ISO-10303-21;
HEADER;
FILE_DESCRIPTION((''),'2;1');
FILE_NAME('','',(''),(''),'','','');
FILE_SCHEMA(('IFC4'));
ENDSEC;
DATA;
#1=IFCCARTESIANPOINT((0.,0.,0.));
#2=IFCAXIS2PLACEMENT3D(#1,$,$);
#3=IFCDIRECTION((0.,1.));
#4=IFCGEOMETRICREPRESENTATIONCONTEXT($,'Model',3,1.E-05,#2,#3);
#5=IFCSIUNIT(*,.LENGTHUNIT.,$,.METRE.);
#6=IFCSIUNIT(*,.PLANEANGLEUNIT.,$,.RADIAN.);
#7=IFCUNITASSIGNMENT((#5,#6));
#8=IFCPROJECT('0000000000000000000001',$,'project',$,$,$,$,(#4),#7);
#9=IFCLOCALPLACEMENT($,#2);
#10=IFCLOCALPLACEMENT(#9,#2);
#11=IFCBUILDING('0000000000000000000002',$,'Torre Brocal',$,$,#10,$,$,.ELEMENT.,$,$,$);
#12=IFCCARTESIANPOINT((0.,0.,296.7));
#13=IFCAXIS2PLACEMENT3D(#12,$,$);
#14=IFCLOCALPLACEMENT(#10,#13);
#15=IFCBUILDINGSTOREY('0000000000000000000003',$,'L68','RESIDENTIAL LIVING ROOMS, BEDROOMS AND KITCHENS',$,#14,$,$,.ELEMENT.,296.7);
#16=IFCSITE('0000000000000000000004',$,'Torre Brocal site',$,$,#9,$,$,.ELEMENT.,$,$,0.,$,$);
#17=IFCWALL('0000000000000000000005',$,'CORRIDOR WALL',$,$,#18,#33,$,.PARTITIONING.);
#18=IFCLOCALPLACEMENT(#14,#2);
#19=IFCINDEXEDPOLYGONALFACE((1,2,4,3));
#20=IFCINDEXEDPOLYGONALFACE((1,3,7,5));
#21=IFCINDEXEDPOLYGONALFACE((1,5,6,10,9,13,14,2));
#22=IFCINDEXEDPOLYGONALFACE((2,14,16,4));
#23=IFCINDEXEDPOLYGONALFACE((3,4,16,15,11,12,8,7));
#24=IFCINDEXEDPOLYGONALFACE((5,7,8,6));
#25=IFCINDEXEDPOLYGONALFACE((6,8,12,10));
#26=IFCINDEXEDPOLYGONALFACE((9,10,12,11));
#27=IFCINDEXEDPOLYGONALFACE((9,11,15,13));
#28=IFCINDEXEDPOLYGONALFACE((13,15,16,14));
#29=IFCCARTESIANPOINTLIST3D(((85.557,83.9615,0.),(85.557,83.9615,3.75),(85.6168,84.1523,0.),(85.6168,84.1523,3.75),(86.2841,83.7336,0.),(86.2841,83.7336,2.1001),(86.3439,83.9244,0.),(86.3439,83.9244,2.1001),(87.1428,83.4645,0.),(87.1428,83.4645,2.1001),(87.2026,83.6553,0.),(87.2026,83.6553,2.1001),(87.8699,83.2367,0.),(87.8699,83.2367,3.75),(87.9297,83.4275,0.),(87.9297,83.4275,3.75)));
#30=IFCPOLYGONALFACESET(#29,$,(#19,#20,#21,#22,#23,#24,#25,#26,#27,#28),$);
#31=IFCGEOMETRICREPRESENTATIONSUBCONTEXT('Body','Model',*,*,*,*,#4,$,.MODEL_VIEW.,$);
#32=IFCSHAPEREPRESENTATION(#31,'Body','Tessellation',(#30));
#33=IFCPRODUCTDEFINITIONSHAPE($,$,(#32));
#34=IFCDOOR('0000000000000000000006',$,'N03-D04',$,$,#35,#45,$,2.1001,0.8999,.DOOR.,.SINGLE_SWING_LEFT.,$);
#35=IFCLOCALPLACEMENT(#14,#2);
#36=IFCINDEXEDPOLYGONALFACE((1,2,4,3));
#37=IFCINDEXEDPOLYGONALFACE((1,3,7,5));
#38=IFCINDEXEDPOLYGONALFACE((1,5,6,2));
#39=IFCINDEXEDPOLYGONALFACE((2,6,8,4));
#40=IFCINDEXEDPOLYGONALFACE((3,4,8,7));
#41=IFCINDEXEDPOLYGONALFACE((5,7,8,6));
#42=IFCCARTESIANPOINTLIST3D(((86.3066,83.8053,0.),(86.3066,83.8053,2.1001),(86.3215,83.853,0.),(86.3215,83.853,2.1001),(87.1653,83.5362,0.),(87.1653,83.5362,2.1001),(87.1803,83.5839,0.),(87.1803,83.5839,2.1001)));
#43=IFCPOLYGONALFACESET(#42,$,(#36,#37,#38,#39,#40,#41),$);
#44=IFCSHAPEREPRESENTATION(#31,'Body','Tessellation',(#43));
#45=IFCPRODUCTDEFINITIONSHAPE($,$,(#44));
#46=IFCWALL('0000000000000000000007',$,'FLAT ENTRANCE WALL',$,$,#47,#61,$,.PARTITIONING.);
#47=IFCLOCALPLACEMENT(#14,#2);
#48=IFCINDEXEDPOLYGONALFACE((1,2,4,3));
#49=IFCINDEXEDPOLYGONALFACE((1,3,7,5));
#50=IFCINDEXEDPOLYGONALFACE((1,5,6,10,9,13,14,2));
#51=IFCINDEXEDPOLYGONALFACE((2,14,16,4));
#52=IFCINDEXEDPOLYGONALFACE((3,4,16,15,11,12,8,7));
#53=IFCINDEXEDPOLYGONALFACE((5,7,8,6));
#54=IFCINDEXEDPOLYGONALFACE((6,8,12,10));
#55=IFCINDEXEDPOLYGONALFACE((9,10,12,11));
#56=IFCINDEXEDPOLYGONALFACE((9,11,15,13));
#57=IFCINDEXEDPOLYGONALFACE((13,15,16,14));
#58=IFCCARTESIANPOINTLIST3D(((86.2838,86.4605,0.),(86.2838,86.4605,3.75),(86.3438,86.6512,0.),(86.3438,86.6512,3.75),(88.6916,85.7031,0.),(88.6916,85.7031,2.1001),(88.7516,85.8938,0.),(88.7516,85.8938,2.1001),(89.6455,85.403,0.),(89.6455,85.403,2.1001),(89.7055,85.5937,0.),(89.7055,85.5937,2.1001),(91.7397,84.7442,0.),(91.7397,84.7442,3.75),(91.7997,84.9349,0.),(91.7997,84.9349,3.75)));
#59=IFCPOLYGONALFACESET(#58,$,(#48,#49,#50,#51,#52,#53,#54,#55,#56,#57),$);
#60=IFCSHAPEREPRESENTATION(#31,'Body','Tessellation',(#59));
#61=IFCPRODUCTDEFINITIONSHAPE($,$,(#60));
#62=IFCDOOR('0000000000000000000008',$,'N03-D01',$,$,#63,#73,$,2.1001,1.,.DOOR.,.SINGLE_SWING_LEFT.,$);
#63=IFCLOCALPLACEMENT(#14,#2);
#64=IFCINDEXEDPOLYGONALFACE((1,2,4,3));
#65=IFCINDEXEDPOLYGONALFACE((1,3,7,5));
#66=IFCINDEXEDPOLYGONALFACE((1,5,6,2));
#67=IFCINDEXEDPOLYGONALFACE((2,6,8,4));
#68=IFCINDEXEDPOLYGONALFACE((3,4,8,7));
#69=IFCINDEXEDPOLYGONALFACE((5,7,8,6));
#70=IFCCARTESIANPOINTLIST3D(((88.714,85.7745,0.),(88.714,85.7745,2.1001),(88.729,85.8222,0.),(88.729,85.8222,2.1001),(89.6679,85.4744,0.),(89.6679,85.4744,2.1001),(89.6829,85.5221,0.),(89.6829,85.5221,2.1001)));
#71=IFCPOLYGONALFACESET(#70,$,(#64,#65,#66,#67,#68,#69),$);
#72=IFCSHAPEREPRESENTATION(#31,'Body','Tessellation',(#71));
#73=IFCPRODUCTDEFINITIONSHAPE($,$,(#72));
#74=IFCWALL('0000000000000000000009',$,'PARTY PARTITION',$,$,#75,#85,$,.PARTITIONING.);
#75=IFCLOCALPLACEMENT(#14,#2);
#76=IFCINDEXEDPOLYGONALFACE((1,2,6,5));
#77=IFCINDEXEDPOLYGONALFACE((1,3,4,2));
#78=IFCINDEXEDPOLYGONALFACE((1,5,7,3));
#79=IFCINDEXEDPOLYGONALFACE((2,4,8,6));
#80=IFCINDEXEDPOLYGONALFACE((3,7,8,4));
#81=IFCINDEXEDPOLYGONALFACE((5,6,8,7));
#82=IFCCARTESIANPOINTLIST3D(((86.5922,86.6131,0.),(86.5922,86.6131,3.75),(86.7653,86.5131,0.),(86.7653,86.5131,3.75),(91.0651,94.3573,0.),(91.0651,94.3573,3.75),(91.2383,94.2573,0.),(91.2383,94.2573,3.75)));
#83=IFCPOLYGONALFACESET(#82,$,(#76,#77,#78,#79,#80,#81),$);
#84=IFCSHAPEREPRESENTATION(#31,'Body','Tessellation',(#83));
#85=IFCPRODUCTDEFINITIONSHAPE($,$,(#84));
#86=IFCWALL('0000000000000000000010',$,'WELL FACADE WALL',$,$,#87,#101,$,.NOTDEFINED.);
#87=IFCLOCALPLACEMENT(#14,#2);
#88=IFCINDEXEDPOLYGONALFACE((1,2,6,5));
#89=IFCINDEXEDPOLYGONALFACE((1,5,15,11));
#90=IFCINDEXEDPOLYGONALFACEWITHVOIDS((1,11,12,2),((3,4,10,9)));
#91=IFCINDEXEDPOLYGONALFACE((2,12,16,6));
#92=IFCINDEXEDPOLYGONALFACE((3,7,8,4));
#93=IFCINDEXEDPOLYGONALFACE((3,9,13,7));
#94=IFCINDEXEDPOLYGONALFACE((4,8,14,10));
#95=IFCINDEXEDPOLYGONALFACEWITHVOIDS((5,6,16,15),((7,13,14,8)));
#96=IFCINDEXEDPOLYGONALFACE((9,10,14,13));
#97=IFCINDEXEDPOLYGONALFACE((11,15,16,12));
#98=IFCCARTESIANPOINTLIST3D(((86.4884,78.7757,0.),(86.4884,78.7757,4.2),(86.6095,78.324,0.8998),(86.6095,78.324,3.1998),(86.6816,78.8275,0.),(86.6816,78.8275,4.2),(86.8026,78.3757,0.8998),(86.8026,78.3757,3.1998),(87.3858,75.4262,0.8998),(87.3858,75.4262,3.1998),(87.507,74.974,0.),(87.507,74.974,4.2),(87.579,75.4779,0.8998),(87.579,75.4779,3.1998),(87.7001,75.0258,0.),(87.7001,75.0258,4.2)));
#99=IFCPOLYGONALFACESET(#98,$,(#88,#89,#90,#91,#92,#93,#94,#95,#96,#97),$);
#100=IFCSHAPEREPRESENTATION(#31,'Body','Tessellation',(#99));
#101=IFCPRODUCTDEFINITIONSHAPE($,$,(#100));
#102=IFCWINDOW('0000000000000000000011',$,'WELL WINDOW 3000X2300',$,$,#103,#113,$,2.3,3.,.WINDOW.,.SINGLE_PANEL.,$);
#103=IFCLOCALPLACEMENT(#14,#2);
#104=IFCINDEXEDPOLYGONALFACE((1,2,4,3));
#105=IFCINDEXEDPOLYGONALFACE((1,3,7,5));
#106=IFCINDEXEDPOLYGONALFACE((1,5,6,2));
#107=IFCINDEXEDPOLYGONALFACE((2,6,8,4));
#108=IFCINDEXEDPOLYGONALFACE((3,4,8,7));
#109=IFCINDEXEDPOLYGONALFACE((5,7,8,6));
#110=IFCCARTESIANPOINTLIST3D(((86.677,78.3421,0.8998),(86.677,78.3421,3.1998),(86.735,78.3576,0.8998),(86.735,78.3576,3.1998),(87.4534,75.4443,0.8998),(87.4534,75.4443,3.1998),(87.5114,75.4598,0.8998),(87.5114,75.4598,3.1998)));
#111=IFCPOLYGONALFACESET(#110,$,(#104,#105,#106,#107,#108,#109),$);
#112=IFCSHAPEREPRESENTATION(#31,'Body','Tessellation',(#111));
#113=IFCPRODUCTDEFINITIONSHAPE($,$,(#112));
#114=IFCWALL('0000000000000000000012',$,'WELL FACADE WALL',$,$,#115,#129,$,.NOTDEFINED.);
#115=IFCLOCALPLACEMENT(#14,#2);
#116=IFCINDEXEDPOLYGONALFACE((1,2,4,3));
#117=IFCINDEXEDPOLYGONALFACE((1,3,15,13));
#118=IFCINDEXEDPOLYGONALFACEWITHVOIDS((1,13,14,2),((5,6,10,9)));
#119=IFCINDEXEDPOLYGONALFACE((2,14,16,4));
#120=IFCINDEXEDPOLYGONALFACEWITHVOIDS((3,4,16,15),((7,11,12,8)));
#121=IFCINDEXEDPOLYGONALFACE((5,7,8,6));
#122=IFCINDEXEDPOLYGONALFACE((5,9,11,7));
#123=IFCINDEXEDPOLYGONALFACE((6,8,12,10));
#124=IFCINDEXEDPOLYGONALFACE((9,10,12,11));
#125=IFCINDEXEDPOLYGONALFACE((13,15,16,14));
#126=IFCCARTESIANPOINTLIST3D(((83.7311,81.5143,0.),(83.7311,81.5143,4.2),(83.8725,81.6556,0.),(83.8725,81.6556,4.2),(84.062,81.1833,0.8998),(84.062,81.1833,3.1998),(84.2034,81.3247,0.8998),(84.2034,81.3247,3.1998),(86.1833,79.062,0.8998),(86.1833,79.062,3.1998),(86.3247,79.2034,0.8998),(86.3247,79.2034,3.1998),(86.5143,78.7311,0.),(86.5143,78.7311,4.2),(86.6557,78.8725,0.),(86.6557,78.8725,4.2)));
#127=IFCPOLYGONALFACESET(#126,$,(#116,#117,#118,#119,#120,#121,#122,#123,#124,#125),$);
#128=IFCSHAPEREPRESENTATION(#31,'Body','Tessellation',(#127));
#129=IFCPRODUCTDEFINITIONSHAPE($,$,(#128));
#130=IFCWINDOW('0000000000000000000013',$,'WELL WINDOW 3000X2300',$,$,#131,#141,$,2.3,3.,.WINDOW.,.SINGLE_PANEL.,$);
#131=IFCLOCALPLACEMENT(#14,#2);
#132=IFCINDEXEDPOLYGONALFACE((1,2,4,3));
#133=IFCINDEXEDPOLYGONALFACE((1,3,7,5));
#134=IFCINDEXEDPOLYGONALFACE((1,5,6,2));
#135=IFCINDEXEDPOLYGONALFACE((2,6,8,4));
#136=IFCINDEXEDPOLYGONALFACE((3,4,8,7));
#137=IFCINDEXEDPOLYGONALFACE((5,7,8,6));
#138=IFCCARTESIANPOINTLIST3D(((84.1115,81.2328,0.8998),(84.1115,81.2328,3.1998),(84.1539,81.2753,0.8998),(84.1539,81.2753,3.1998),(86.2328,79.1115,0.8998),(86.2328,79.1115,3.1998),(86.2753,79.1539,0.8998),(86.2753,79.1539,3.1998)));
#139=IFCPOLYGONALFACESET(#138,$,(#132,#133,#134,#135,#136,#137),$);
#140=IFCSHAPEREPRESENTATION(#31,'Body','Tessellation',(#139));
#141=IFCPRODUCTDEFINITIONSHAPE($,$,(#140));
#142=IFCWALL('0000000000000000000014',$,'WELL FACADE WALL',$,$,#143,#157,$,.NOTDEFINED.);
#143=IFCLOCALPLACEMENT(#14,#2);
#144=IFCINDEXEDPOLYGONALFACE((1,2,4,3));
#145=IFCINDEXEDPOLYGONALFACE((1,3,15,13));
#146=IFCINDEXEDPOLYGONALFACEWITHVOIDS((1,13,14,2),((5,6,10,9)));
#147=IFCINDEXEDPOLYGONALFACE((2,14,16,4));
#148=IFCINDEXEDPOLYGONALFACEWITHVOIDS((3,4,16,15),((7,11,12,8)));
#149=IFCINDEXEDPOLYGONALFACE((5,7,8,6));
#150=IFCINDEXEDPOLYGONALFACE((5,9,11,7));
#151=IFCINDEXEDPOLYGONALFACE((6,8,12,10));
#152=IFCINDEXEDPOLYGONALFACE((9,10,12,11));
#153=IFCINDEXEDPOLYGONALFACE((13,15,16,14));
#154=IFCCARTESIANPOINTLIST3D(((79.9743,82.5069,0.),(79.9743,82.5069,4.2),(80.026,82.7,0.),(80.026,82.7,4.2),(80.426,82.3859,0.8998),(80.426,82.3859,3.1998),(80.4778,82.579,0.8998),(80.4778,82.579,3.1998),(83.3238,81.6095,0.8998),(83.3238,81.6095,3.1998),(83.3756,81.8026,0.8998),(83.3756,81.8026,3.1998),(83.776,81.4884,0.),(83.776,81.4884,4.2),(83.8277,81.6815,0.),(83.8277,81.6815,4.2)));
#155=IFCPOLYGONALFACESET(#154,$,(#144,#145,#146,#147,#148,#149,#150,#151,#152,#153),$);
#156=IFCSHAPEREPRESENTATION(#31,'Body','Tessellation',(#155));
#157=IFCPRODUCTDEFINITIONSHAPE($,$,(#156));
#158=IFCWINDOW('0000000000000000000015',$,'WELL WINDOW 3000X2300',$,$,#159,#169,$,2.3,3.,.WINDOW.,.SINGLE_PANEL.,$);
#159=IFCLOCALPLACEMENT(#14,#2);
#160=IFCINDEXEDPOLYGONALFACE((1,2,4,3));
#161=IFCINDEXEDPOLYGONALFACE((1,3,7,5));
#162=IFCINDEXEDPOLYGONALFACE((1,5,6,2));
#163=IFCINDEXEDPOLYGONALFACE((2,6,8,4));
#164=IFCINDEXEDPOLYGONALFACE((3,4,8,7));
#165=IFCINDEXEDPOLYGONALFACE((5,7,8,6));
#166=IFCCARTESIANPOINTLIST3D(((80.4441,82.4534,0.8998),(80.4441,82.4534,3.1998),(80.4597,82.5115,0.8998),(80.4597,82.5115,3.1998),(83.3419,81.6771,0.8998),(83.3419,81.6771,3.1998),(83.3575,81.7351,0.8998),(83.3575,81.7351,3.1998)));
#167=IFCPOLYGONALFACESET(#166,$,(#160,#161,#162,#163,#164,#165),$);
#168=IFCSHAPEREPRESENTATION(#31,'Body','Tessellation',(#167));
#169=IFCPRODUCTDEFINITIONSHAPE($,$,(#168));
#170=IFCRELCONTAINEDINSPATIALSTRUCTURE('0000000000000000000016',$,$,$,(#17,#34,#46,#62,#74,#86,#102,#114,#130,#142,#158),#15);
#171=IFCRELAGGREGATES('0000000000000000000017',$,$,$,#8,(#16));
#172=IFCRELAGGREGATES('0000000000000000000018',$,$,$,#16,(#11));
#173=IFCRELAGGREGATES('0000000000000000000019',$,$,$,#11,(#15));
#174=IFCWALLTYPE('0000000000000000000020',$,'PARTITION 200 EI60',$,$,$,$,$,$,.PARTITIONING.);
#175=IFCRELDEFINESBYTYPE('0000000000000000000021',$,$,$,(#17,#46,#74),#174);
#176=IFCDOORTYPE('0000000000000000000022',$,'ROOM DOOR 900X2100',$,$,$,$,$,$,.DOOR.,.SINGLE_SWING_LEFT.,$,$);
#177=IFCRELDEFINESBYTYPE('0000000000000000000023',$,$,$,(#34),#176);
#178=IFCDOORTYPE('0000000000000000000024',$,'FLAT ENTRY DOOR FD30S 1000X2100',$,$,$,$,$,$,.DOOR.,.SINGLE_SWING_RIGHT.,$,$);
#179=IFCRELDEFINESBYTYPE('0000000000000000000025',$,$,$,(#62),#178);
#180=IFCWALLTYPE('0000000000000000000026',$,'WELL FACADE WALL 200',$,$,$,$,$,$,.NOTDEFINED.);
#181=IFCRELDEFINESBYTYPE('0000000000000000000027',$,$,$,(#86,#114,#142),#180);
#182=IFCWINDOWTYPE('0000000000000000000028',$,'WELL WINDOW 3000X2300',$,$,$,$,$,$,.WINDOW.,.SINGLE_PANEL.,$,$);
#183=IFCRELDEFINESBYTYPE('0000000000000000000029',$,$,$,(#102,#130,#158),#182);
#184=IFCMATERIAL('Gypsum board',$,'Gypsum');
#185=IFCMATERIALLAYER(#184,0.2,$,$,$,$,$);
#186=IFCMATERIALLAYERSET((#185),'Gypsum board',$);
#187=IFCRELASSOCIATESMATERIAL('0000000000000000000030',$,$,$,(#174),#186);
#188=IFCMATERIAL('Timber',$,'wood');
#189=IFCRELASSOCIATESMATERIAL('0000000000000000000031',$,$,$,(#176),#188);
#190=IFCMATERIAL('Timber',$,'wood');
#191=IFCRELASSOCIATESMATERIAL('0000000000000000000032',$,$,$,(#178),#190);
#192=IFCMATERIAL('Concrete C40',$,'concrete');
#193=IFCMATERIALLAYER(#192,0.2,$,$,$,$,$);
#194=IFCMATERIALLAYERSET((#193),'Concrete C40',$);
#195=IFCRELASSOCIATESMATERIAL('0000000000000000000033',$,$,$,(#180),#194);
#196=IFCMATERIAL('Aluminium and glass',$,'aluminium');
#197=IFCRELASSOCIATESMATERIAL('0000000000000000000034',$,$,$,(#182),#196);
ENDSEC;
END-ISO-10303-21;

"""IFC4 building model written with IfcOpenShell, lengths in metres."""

from ifc_helpers import new_model, si_unit, direction, frame, frame_2d, origin, place, context, subcontext, project, spatial, rectangle, extrude, material, layer, layer_set, type_object, element, fill, save


model = new_model("IFC4")

# Units and contexts
model_context = context("Model", 3, precision=1e-05, world=origin(), true_north=direction((0.0, 1.0)))
body_context = subcontext(model_context, "Body", "Model", "MODEL_VIEW")
ifc_project = project(units=[si_unit("LENGTHUNIT", "METRE"), si_unit("PLANEANGLEUNIT", "RADIAN")], contexts=[model_context])

# Site, building, storey
site_placement = place(None, origin())
site = spatial("IfcSite", under=ifc_project, at=site_placement, Name="Torre Brocal site", CompositionType="ELEMENT", RefElevation=0.0)
building_placement = place(site_placement, origin())
building = spatial("IfcBuilding", under=site, at=building_placement, Name="Torre Brocal", CompositionType="ELEMENT")
storey_placement = place(building_placement, frame((0.0, 0.0, 296.7)))
storey = spatial("IfcBuildingStorey", under=building, at=storey_placement, Name="L68", Description="RESIDENTIAL LIVING ROOMS, BEDROOMS AND KITCHENS", CompositionType="ELEMENT", Elevation=296.7)

# Shared definitions
ifc_material_1 = material(Name="Gypsum board", Category="Gypsum")
ifc_layer_1 = layer(ifc_material_1, 0.2)
ifc_layer_set_1 = layer_set([ifc_layer_1], Name="Gypsum board")
wall_type_1 = type_object("IfcWallType", Name="PARTITION 200 EI60", PredefinedType="PARTITIONING", material=ifc_layer_set_1)

# Shared definitions
ifc_material_2 = material(Name="Timber", Category="wood")
door_type_1 = type_object("IfcDoorType", Name="ROOM DOOR 900X2100", OperationType="SINGLE_SWING_LEFT", PredefinedType="DOOR", material=ifc_material_2)
ifc_material_3 = material(Name="Timber", Category="wood")
door_type_2 = type_object("IfcDoorType", Name="FLAT ENTRY DOOR FD30S 1000X2100", OperationType="SINGLE_SWING_RIGHT", PredefinedType="DOOR", material=ifc_material_3)

# Walls, openings, doors
wall_1_placement = place(storey_placement, frame((85.5869, 84.0569, 0.0), z_axis=(0.0, 0.0, 1.0), x_axis=(0.95424, -0.299043, 0.0)))
wall_1 = element("IfcWall", 1, at=wall_1_placement, inside=storey, type_object=wall_type_1, Name="CORRIDOR WALL", PredefinedType="PARTITIONING", context=body_context, shape_type="SweptSolid", body=[
    extrude(rectangle(XDim=2.4238, YDim=0.2, at=frame_2d((1.2119, 0.0))), origin(), (0.0, 0.0, 1.0), 3.75),
])
opening_1_placement = place(wall_1_placement, frame((0.762, 0.0, 0.0)))
opening_1 = element("IfcOpeningElement", 2, at=opening_1_placement, cuts=wall_1, PredefinedType="OPENING", context=body_context, shape_type="SweptSolid", body=[
    extrude(rectangle(XDim=0.8999, YDim=2.1001, at=frame_2d((0.45, 1.05))), frame((0.0, 0.1099, 0.0), z_axis=(0.0, -1.0, 0.0), x_axis=(1.0, 0.0, 0.0)), (0.0, 0.0, 1.0), 0.22),
])
door_1_placement = place(opening_1_placement, frame((0.8999, 0.0, 0.0), z_axis=(0.0, 0.0, 1.0), x_axis=(-1.0, 0.0, 0.0)))
door_1 = element("IfcDoor", 3, at=door_1_placement, inside=storey, type_object=door_type_1, Name="N03-D04", OperationType="SINGLE_SWING_LEFT", OverallHeight=2.1001, OverallWidth=0.8999, PredefinedType="DOOR", context=body_context, shape_type="SweptSolid", body=[
    extrude(rectangle(XDim=0.8999, YDim=2.1001, at=frame_2d((0.45, 1.05))), frame((0.0, 0.0249, 0.0), z_axis=(0.0, -1.0, 0.0), x_axis=(1.0, 0.0, 0.0)), (0.0, 0.0, 1.0), 0.05),
])
fill(opening_1, door_1)
wall_2_placement = place(storey_placement, frame((86.3137, 86.5559, 0.0), z_axis=(0.0, 0.0, 1.0), x_axis=(0.953912, -0.300085, 0.0)))
wall_2 = element("IfcWall", 4, at=wall_2_placement, inside=storey, type_object=wall_type_1, Name="FLAT ENTRANCE WALL", PredefinedType="PARTITIONING", context=body_context, shape_type="SweptSolid", body=[
    extrude(rectangle(XDim=5.7195, YDim=0.2, at=frame_2d((2.8599, 0.0))), origin(), (0.0, 0.0, 1.0), 3.75),
])
opening_2_placement = place(wall_2_placement, frame((2.5242, 0.0, 0.0)))
opening_2 = element("IfcOpeningElement", 5, at=opening_2_placement, cuts=wall_2, PredefinedType="OPENING", context=body_context, shape_type="SweptSolid", body=[
    extrude(rectangle(XDim=1.0, YDim=2.1001, at=frame_2d((0.5, 1.05))), frame((0.0, 0.1099, 0.0), z_axis=(0.0, -1.0, 0.0), x_axis=(1.0, 0.0, 0.0)), (0.0, 0.0, 1.0), 0.22),
])
door_2_placement = place(opening_2_placement, origin())
door_2 = element("IfcDoor", 6, at=door_2_placement, inside=storey, type_object=door_type_2, Name="N03-D01", OperationType="SINGLE_SWING_LEFT", OverallHeight=2.1001, OverallWidth=1.0, PredefinedType="DOOR", context=body_context, shape_type="SweptSolid", body=[
    extrude(rectangle(XDim=1.0, YDim=2.1001, at=frame_2d((0.5, 1.05))), frame((0.0, 0.0249, 0.0), z_axis=(0.0, -1.0, 0.0), x_axis=(1.0, 0.0, 0.0)), (0.0, 0.0, 1.0), 0.05),
])
fill(opening_2, door_2)

# Wall
wall_3_placement = place(storey_placement, frame((86.6787, 86.563, 0.0), z_axis=(0.0, 0.0, 1.0), x_axis=(0.500153, 0.865937, 0.0)))
element("IfcWall", 7, at=wall_3_placement, inside=storey, type_object=wall_type_1, Name="PARTY PARTITION", PredefinedType="PARTITIONING", context=body_context, shape_type="SweptSolid", body=[
    extrude(rectangle(XDim=8.9431, YDim=0.2, at=frame_2d((4.4717, 0.0))), origin(), (0.0, 0.0, 1.0), 3.75),
])

# Walls, openings, windows
ifc_material_4 = material(Name="Concrete C40", Category="concrete")
ifc_layer_2 = layer(ifc_material_4, 0.2)
ifc_layer_set_2 = layer_set([ifc_layer_2], Name="Concrete C40")
wall_type_2 = type_object("IfcWallType", Name="WELL FACADE WALL 200", PredefinedType="NOTDEFINED", material=ifc_layer_set_2)
wall_4_placement = place(storey_placement, frame((87.6035, 75.0, 0.0), z_axis=(0.0, 0.0, 1.0), x_axis=(-0.25879, 0.965934, 0.0)))
wall_4 = element("IfcWall", 8, at=wall_4_placement, inside=storey, type_object=wall_type_2, Name="WELL FACADE WALL", PredefinedType="NOTDEFINED", context=body_context, shape_type="SweptSolid", body=[
    extrude(rectangle(XDim=3.9358, YDim=0.2, at=frame_2d((1.9678, 0.0))), origin(), (0.0, 0.0, 1.0), 4.2),
])
opening_3_placement = place(wall_4_placement, frame((0.468, 0.0, 0.8999)))
opening_3 = element("IfcOpeningElement", 9, at=opening_3_placement, cuts=wall_4, PredefinedType="OPENING", context=body_context, shape_type="SweptSolid", body=[
    extrude(rectangle(XDim=3.0, YDim=2.3, at=frame_2d((1.5, 1.1499))), frame((0.0, 0.1099, 0.0), z_axis=(0.0, -1.0, 0.0), x_axis=(1.0, 0.0, 0.0)), (0.0, 0.0, 1.0), 0.22),
])
ifc_material_5 = material(Name="Aluminium and glass", Category="aluminium")
window_type = type_object("IfcWindowType", Name="WELL WINDOW 3000X2300", PartitioningType="SINGLE_PANEL", PredefinedType="WINDOW", material=ifc_material_5)
window_1_placement = place(opening_3_placement, origin())
window_1 = element("IfcWindow", 10, at=window_1_placement, inside=storey, type_object=window_type, Name="WELL WINDOW 3000X2300", OverallHeight=2.3, OverallWidth=3.0, PartitioningType="SINGLE_PANEL", PredefinedType="WINDOW", context=body_context, shape_type="SweptSolid", body=[
    extrude(rectangle(XDim=3.0, YDim=2.3, at=frame_2d((1.5, 1.1499))), frame((0.0, 0.03, 0.0), z_axis=(0.0, -1.0, 0.0), x_axis=(1.0, 0.0, 0.0)), (0.0, 0.0, 1.0), 0.0601),
])
fill(opening_3, window_1)
wall_5_placement = place(storey_placement, frame((86.585, 78.8018, 0.0), z_axis=(0.0, 0.0, 1.0), x_axis=(-0.707107, 0.707107, 0.0)))
wall_5 = element("IfcWall", 11, at=wall_5_placement, inside=storey, type_object=wall_type_2, Name="WELL FACADE WALL", PredefinedType="NOTDEFINED", context=body_context, shape_type="SweptSolid", body=[
    extrude(rectangle(XDim=3.936, YDim=0.2, at=frame_2d((1.968, 0.0))), origin(), (0.0, 0.0, 1.0), 4.2),
])
opening_4_placement = place(wall_5_placement, frame((0.468, 0.0, 0.8999)))
opening_4 = element("IfcOpeningElement", 12, at=opening_4_placement, cuts=wall_5, PredefinedType="OPENING", context=body_context, shape_type="SweptSolid", body=[
    extrude(rectangle(XDim=3.0, YDim=2.3, at=frame_2d((1.5, 1.1499))), frame((0.0, 0.1099, 0.0), z_axis=(0.0, -1.0, 0.0), x_axis=(1.0, 0.0, 0.0)), (0.0, 0.0, 1.0), 0.22),
])
window_2_placement = place(opening_4_placement, origin())
window_2 = element("IfcWindow", 13, at=window_2_placement, inside=storey, type_object=window_type, Name="WELL WINDOW 3000X2300", OverallHeight=2.3, OverallWidth=3.0, PartitioningType="SINGLE_PANEL", PredefinedType="WINDOW", context=body_context, shape_type="SweptSolid", body=[
    extrude(rectangle(XDim=3.0, YDim=2.3, at=frame_2d((1.5, 1.1499))), frame((0.0, 0.03, 0.0), z_axis=(0.0, -1.0, 0.0), x_axis=(1.0, 0.0, 0.0)), (0.0, 0.0, 1.0), 0.0601),
])
fill(opening_4, window_2)
wall_6_placement = place(storey_placement, frame((83.8018, 81.585, 0.0), z_axis=(0.0, 0.0, 1.0), x_axis=(-0.965934, 0.25879, 0.0)))
wall_6 = element("IfcWall", 14, at=wall_6_placement, inside=storey, type_object=wall_type_2, Name="WELL FACADE WALL", PredefinedType="NOTDEFINED", context=body_context, shape_type="SweptSolid", body=[
    extrude(rectangle(XDim=3.9358, YDim=0.2, at=frame_2d((1.9678, 0.0))), origin(), (0.0, 0.0, 1.0), 4.2),
])
opening_5_placement = place(wall_6_placement, frame((0.468, 0.0, 0.8999)))
opening_5 = element("IfcOpeningElement", 15, at=opening_5_placement, cuts=wall_6, PredefinedType="OPENING", context=body_context, shape_type="SweptSolid", body=[
    extrude(rectangle(XDim=3.0, YDim=2.3, at=frame_2d((1.5, 1.1499))), frame((0.0, 0.1099, 0.0), z_axis=(0.0, -1.0, 0.0), x_axis=(1.0, 0.0, 0.0)), (0.0, 0.0, 1.0), 0.22),
])
window_3_placement = place(opening_5_placement, origin())
window_3 = element("IfcWindow", 16, at=window_3_placement, inside=storey, type_object=window_type, Name="WELL WINDOW 3000X2300", OverallHeight=2.3, OverallWidth=3.0, PartitioningType="SINGLE_PANEL", PredefinedType="WINDOW", context=body_context, shape_type="SweptSolid", body=[
    extrude(rectangle(XDim=3.0, YDim=2.3, at=frame_2d((1.5, 1.1499))), frame((0.0, 0.03, 0.0), z_axis=(0.0, -1.0, 0.0), x_axis=(1.0, 0.0, 0.0)), (0.0, 0.0, 1.0), 0.0601),
])
fill(opening_5, window_3)

save(model, "model.ifc")
